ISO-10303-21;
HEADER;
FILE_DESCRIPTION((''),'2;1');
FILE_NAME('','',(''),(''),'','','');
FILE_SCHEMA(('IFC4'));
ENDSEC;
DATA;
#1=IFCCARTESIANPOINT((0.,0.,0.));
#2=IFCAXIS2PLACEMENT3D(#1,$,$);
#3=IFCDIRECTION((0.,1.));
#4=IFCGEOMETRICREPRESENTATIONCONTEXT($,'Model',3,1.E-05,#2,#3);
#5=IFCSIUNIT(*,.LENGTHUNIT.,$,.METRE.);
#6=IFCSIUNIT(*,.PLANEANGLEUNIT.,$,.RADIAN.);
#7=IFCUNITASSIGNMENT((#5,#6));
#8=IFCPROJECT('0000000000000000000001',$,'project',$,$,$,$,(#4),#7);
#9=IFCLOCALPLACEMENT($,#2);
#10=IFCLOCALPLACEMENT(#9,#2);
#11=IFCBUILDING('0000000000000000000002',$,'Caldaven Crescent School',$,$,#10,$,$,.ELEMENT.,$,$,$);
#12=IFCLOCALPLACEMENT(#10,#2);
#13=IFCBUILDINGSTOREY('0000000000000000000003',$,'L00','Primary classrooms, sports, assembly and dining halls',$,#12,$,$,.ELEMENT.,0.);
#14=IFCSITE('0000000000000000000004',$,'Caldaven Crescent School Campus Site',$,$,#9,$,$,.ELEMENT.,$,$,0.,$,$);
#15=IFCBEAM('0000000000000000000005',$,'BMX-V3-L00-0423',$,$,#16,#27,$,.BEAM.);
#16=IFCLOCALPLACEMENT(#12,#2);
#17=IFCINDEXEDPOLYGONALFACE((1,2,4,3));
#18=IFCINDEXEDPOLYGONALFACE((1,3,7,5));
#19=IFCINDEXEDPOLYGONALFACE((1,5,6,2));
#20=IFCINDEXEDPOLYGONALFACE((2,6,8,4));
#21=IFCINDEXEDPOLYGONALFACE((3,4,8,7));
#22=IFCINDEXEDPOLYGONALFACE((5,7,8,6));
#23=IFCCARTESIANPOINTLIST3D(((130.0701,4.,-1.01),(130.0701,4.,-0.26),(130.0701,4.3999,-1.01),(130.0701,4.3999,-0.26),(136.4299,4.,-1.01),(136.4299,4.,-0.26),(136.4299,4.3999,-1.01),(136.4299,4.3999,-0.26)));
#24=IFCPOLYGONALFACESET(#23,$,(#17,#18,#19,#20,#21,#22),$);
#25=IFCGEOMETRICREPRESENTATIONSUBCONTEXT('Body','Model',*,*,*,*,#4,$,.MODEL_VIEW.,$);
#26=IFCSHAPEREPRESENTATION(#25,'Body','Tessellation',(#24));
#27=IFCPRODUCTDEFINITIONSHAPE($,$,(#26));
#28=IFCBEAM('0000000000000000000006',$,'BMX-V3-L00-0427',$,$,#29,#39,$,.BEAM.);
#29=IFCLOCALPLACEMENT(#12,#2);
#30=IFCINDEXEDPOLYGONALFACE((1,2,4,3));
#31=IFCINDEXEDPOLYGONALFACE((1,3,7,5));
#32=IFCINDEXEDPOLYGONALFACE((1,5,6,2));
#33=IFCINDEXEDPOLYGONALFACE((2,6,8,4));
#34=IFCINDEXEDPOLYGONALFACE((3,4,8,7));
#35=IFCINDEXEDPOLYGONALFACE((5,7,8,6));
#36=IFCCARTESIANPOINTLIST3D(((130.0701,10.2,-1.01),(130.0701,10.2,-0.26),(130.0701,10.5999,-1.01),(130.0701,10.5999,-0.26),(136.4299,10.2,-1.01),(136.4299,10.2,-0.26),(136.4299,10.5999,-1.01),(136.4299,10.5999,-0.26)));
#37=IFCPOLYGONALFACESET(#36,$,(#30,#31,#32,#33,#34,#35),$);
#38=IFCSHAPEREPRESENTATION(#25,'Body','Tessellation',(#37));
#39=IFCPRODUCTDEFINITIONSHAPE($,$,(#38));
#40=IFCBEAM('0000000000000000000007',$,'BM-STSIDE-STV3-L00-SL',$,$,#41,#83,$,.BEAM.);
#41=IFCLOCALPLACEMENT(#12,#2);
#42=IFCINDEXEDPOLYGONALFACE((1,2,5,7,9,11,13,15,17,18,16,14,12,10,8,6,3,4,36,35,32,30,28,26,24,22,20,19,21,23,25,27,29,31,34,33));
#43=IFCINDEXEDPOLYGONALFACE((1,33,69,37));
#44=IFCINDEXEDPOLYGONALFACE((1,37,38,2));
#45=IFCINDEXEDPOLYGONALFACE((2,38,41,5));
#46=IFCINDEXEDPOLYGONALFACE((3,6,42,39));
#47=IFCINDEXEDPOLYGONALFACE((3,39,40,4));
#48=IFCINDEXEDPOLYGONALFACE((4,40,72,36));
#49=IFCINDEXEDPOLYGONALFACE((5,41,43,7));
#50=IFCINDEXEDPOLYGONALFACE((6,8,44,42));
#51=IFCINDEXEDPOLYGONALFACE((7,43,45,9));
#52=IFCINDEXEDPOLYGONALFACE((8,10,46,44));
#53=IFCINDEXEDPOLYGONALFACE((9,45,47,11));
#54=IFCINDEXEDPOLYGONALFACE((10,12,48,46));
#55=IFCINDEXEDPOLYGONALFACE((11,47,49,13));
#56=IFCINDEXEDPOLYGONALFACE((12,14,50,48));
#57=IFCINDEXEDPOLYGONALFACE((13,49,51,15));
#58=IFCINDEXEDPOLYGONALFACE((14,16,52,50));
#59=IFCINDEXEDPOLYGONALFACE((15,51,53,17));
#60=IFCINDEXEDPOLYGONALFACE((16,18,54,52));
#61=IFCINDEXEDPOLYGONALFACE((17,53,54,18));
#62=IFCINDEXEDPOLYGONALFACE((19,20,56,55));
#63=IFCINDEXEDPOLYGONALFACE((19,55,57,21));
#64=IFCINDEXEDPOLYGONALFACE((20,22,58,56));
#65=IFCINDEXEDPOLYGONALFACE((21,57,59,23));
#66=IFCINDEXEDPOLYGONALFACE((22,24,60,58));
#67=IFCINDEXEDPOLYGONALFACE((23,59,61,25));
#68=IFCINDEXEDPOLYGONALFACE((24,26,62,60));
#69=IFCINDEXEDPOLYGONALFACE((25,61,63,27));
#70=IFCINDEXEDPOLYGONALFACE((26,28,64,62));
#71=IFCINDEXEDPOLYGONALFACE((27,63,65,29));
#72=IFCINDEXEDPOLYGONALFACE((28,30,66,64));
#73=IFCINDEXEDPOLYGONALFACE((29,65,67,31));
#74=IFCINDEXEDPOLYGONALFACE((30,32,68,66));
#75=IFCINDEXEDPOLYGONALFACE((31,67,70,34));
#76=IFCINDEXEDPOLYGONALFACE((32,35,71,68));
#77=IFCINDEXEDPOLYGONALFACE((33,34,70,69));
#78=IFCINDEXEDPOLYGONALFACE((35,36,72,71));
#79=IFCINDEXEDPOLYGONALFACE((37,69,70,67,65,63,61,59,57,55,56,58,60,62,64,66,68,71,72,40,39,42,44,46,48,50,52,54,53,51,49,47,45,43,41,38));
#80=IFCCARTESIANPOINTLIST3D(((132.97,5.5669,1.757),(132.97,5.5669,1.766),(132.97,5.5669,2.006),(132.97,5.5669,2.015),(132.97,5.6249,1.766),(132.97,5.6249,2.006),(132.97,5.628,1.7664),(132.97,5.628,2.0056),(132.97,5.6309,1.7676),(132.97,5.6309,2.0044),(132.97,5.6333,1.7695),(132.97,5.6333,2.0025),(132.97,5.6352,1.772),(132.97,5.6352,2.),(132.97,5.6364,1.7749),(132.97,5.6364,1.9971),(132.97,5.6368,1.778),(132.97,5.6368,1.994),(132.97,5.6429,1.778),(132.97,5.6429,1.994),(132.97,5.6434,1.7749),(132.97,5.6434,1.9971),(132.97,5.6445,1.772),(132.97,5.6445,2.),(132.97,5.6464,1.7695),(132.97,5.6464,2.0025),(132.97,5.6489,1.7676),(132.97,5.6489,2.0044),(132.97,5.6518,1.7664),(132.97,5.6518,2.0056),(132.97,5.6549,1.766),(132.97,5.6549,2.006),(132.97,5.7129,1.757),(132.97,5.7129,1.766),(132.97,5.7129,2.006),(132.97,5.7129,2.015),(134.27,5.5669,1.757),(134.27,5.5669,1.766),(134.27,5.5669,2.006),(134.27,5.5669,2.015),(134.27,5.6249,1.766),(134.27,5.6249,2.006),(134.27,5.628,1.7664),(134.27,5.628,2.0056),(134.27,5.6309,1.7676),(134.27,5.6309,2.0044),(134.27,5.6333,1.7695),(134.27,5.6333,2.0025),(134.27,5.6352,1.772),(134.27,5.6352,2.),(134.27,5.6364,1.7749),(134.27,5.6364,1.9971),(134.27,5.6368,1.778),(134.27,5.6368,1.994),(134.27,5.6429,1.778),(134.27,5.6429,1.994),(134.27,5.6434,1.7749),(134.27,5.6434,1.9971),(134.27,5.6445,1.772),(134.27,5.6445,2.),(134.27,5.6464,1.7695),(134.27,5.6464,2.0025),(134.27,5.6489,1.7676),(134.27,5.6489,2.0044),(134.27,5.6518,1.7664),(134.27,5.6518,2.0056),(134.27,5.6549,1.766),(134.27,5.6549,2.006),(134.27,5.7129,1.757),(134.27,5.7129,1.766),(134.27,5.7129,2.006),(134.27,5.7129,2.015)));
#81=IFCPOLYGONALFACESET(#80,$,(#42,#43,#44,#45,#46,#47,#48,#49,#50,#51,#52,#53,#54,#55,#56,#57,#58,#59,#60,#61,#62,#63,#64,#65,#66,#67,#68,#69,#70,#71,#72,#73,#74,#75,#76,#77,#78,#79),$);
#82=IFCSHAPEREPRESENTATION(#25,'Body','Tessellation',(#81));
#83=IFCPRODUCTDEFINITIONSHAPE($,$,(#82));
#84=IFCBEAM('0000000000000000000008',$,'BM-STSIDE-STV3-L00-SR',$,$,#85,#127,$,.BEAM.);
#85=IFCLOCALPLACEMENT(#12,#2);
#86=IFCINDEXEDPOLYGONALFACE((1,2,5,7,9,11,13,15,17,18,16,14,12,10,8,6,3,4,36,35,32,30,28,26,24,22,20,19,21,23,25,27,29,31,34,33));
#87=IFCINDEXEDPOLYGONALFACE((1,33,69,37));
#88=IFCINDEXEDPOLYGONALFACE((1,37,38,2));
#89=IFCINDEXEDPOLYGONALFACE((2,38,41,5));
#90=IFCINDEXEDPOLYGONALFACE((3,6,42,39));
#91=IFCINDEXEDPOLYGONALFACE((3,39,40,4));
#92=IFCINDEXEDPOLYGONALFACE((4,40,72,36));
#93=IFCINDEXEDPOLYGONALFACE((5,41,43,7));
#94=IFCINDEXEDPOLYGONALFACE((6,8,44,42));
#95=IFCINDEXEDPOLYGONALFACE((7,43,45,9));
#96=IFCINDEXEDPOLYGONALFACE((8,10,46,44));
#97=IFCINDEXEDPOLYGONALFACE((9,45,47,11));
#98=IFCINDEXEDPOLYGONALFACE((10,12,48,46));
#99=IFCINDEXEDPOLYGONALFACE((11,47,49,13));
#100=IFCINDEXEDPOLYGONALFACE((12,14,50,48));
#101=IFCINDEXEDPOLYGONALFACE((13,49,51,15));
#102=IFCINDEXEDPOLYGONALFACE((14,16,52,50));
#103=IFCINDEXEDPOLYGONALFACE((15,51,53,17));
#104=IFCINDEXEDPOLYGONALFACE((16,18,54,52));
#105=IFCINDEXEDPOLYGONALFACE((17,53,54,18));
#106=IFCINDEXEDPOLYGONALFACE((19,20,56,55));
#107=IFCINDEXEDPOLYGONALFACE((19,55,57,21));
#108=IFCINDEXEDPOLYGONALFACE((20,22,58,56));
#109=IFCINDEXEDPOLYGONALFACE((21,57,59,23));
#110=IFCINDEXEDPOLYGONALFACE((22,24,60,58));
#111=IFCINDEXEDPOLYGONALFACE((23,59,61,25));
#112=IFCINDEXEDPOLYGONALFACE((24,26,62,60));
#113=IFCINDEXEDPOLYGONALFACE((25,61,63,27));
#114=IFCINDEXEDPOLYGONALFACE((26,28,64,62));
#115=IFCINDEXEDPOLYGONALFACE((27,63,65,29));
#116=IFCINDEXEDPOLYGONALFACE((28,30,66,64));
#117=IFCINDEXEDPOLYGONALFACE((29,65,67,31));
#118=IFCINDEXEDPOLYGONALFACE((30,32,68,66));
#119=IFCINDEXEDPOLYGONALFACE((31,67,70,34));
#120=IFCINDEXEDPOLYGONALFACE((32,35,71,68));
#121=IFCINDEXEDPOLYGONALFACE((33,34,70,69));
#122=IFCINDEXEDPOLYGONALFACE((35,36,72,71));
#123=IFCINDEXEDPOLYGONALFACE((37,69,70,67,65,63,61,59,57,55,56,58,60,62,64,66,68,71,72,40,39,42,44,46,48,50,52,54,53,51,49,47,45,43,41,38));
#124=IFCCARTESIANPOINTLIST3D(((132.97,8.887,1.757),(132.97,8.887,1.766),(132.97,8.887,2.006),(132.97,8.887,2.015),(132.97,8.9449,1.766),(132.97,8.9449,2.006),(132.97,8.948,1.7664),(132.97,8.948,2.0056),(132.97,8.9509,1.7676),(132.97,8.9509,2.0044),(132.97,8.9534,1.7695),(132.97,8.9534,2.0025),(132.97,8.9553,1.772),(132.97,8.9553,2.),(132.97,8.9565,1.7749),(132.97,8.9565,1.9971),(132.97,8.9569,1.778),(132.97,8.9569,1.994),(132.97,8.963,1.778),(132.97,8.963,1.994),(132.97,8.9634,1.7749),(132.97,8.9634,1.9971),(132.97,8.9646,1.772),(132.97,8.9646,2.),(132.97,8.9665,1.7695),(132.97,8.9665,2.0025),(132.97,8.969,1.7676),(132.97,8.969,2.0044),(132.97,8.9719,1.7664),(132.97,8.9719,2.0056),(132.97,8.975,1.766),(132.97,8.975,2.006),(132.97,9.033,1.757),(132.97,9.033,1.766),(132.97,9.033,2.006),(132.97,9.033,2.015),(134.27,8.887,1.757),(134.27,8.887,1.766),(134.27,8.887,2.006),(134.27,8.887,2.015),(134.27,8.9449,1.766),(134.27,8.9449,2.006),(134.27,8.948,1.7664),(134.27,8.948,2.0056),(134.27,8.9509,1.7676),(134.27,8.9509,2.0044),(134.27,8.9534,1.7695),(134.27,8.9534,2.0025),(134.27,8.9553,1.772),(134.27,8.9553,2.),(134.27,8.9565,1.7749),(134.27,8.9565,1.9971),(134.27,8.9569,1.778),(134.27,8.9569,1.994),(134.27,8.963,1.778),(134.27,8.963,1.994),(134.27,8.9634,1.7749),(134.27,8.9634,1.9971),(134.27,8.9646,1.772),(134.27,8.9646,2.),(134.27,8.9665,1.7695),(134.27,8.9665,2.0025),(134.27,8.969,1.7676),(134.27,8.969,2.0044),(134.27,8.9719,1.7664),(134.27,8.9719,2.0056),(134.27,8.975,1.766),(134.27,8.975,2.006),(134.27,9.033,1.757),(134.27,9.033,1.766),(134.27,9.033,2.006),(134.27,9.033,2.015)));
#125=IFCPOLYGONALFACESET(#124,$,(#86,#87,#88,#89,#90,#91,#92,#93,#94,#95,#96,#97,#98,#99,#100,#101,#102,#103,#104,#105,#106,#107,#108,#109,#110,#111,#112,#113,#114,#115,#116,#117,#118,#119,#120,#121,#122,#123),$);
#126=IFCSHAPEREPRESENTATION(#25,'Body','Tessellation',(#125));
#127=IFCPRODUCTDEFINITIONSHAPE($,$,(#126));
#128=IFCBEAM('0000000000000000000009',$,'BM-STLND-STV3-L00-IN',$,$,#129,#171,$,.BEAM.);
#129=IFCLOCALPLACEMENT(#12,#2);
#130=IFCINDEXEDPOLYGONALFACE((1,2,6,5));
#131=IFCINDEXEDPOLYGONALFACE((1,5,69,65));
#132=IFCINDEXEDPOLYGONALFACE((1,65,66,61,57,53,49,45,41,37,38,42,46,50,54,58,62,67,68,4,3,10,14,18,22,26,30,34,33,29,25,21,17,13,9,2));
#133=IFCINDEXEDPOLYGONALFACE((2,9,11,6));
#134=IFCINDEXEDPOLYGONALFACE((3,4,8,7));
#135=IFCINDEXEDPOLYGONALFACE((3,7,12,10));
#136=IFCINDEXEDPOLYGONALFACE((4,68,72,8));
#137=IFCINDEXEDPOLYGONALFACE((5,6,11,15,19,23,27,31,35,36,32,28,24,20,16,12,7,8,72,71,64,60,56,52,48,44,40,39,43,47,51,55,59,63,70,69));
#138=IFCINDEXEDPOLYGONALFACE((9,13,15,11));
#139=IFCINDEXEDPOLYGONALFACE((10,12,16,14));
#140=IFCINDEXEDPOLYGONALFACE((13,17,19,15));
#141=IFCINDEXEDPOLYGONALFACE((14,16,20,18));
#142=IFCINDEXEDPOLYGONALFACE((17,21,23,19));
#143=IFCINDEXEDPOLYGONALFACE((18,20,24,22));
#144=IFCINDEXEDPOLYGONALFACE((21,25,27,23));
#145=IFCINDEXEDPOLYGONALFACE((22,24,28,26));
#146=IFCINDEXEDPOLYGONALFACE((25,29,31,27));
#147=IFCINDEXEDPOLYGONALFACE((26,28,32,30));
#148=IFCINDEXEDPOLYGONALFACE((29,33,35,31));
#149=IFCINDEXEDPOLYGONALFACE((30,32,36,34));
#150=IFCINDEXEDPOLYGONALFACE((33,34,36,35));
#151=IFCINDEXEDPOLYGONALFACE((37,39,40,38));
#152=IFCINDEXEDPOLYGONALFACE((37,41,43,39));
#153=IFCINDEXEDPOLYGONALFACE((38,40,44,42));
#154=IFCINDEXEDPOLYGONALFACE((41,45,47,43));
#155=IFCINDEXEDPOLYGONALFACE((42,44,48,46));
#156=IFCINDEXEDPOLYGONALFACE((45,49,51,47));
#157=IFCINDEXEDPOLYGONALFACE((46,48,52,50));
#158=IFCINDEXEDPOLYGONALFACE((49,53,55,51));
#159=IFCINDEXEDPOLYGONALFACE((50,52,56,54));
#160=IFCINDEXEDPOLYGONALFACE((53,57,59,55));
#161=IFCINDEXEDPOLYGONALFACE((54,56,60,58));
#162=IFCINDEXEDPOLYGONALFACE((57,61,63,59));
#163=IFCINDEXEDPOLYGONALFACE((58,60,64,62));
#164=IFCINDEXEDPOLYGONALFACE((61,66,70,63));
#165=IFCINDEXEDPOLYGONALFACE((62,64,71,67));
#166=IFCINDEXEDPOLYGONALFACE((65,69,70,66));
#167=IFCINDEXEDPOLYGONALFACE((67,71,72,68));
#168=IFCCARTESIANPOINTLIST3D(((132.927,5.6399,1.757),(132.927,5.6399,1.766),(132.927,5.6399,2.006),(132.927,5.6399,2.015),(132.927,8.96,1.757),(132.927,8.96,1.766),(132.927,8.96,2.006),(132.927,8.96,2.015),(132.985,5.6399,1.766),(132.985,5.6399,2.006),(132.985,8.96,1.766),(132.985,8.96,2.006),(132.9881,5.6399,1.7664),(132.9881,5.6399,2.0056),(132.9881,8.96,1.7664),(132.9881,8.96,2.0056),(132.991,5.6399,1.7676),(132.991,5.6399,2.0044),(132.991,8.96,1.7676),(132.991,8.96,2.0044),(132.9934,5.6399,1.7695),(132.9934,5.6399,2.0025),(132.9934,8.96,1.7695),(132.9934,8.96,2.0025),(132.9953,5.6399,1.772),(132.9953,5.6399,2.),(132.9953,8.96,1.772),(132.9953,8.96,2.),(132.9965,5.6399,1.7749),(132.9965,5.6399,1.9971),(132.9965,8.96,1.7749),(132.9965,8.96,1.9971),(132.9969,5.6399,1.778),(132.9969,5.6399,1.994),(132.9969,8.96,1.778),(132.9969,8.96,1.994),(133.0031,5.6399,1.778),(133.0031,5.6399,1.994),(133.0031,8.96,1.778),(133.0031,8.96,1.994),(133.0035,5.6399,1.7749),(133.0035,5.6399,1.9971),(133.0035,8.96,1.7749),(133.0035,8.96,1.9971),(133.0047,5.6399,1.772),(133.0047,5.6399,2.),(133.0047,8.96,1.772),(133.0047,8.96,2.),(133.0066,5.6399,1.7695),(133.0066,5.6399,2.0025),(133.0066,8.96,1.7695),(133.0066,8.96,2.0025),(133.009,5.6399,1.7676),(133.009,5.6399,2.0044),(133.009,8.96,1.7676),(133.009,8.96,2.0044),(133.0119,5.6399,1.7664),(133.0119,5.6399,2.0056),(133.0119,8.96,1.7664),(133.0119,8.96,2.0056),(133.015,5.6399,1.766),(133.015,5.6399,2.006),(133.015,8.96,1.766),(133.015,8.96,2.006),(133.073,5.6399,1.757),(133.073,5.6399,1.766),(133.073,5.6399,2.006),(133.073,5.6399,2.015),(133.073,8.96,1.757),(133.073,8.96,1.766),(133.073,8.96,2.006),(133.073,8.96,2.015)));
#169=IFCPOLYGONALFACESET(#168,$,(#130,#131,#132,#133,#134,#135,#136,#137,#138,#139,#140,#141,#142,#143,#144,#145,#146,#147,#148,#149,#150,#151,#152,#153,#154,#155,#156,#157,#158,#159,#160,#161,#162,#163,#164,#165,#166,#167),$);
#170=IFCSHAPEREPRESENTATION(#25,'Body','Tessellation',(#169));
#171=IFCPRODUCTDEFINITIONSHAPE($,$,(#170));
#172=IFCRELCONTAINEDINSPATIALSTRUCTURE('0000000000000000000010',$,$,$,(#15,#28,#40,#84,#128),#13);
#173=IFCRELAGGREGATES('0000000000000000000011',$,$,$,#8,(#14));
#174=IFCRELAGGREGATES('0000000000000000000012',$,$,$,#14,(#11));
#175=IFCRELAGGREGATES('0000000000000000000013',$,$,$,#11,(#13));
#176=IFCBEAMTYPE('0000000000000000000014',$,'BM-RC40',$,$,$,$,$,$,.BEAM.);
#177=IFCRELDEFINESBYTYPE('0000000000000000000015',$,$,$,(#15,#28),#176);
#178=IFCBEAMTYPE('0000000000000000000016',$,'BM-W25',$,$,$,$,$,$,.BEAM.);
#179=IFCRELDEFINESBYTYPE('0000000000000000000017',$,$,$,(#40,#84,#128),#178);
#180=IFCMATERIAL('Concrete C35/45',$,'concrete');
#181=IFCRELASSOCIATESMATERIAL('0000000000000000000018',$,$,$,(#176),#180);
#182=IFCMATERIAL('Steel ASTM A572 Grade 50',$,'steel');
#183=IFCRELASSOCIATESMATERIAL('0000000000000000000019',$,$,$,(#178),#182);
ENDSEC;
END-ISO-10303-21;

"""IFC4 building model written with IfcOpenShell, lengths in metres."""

from ifc_helpers import new_model, si_unit, direction, frame, origin, origin_2d, place, context, subcontext, project, spatial, rectangle, i_section, extrude, material, material_profile, profile_set, type_object, element, save


model = new_model("IFC4")

# Units and contexts
model_context = context("Model", 3, precision=1e-05, world=origin(), true_north=direction((0.0, 1.0)))
body_context = subcontext(model_context, "Body", "Model", "MODEL_VIEW")
ifc_project = project(units=[si_unit("LENGTHUNIT", "METRE"), si_unit("PLANEANGLEUNIT", "RADIAN")], contexts=[model_context])

# Site, building, storey
site_placement = place(None, origin())
site = spatial("IfcSite", under=ifc_project, at=site_placement, Name="Caldaven Crescent School Campus Site", CompositionType="ELEMENT", RefElevation=0.0)
building_placement = place(site_placement, origin())
building = spatial("IfcBuilding", under=site, at=building_placement, Name="Caldaven Crescent School", CompositionType="ELEMENT")
storey_placement = place(building_placement, origin())
storey = spatial("IfcBuildingStorey", under=building, at=storey_placement, Name="L00", Description="Primary classrooms, sports, assembly and dining halls", CompositionType="ELEMENT", Elevation=0.0)

# Shared definitions
ifc_material_1 = material(Name="Steel ASTM A572 Grade 50", Category="steel")

# Beams
ifc_material_2 = material(Name="Concrete C35/45", Category="concrete")
ifc_material_profile_1 = material_profile(ifc_material_2, rectangle(XDim=0.3999, YDim=0.75, at=origin_2d()), Name="RC 400x750")
ifc_profile_set_1 = profile_set([ifc_material_profile_1], Name="Concrete C35/45")
beam_type_1 = type_object("IfcBeamType", Name="BM-RC40", PredefinedType="BEAM", material=ifc_profile_set_1)
for number, where, z_axis, x_axis, name in (
    (1, (130.0701, 4.2, -0.635), (1.0, 0.0, 0.0), (0.0, 1.0, 0.0), "BMX-V3-L00-0423"),
    (2, (130.0701, 10.3999, -0.635), (1.0, 0.0, 0.0), (0.0, 1.0, 0.0), "BMX-V3-L00-0427"),
):
    element("IfcBeam", number, at=place(storey_placement, frame(where, z_axis=z_axis, x_axis=x_axis)), inside=storey, type_object=beam_type_1, Name=name, PredefinedType="BEAM", context=body_context, shape_type="SweptSolid", body=[
        extrude(rectangle(XDim=0.3999, YDim=0.75, at=origin_2d()), origin(), (0.0, 0.0, 1.0), 6.3599),
    ])
ifc_material_profile_2 = material_profile(ifc_material_1, i_section(OverallWidth=0.146, OverallDepth=0.2581, WebThickness=0.0061, FlangeThickness=0.009, FilletRadius=0.012, at=origin_2d()), Name="W250x33")
ifc_profile_set_2 = profile_set([ifc_material_profile_2], Name="Steel ASTM A572 Grade 50")
beam_type_2 = type_object("IfcBeamType", Name="BM-W25", PredefinedType="BEAM", material=ifc_profile_set_2)
for number, where, z_axis, x_axis, name in (
    (3, (132.97, 5.6399, 1.886), (1.0, 0.0, 0.0), (0.0, 1.0, 0.0), "BM-STSIDE-STV3-L00-SL"),
    (4, (132.97, 8.96, 1.886), (1.0, 0.0, 0.0), (0.0, 1.0, 0.0), "BM-STSIDE-STV3-L00-SR"),
):
    element("IfcBeam", number, at=place(storey_placement, frame(where, z_axis=z_axis, x_axis=x_axis)), inside=storey, type_object=beam_type_2, Name=name, PredefinedType="BEAM", context=body_context, shape_type="SweptSolid", body=[
        extrude(i_section(OverallWidth=0.146, OverallDepth=0.2581, WebThickness=0.0061, FlangeThickness=0.009, FilletRadius=0.012, at=origin_2d()), origin(), (0.0, 0.0, 1.0), 1.3),
    ])
for number, where, z_axis, x_axis, name in (
    (5, (133.0, 5.6399, 1.886), (0.0, 1.0, 0.0), (-1.0, 0.0, 0.0), "BM-STLND-STV3-L00-IN"),
):
    element("IfcBeam", number, at=place(storey_placement, frame(where, z_axis=z_axis, x_axis=x_axis)), inside=storey, type_object=beam_type_2, Name=name, PredefinedType="BEAM", context=body_context, shape_type="SweptSolid", body=[
        extrude(i_section(OverallWidth=0.146, OverallDepth=0.2581, WebThickness=0.0061, FlangeThickness=0.009, FilletRadius=0.012, at=origin_2d()), origin(), (0.0, 0.0, 1.0), 3.3201),
    ])

save(model, "model.ifc")
